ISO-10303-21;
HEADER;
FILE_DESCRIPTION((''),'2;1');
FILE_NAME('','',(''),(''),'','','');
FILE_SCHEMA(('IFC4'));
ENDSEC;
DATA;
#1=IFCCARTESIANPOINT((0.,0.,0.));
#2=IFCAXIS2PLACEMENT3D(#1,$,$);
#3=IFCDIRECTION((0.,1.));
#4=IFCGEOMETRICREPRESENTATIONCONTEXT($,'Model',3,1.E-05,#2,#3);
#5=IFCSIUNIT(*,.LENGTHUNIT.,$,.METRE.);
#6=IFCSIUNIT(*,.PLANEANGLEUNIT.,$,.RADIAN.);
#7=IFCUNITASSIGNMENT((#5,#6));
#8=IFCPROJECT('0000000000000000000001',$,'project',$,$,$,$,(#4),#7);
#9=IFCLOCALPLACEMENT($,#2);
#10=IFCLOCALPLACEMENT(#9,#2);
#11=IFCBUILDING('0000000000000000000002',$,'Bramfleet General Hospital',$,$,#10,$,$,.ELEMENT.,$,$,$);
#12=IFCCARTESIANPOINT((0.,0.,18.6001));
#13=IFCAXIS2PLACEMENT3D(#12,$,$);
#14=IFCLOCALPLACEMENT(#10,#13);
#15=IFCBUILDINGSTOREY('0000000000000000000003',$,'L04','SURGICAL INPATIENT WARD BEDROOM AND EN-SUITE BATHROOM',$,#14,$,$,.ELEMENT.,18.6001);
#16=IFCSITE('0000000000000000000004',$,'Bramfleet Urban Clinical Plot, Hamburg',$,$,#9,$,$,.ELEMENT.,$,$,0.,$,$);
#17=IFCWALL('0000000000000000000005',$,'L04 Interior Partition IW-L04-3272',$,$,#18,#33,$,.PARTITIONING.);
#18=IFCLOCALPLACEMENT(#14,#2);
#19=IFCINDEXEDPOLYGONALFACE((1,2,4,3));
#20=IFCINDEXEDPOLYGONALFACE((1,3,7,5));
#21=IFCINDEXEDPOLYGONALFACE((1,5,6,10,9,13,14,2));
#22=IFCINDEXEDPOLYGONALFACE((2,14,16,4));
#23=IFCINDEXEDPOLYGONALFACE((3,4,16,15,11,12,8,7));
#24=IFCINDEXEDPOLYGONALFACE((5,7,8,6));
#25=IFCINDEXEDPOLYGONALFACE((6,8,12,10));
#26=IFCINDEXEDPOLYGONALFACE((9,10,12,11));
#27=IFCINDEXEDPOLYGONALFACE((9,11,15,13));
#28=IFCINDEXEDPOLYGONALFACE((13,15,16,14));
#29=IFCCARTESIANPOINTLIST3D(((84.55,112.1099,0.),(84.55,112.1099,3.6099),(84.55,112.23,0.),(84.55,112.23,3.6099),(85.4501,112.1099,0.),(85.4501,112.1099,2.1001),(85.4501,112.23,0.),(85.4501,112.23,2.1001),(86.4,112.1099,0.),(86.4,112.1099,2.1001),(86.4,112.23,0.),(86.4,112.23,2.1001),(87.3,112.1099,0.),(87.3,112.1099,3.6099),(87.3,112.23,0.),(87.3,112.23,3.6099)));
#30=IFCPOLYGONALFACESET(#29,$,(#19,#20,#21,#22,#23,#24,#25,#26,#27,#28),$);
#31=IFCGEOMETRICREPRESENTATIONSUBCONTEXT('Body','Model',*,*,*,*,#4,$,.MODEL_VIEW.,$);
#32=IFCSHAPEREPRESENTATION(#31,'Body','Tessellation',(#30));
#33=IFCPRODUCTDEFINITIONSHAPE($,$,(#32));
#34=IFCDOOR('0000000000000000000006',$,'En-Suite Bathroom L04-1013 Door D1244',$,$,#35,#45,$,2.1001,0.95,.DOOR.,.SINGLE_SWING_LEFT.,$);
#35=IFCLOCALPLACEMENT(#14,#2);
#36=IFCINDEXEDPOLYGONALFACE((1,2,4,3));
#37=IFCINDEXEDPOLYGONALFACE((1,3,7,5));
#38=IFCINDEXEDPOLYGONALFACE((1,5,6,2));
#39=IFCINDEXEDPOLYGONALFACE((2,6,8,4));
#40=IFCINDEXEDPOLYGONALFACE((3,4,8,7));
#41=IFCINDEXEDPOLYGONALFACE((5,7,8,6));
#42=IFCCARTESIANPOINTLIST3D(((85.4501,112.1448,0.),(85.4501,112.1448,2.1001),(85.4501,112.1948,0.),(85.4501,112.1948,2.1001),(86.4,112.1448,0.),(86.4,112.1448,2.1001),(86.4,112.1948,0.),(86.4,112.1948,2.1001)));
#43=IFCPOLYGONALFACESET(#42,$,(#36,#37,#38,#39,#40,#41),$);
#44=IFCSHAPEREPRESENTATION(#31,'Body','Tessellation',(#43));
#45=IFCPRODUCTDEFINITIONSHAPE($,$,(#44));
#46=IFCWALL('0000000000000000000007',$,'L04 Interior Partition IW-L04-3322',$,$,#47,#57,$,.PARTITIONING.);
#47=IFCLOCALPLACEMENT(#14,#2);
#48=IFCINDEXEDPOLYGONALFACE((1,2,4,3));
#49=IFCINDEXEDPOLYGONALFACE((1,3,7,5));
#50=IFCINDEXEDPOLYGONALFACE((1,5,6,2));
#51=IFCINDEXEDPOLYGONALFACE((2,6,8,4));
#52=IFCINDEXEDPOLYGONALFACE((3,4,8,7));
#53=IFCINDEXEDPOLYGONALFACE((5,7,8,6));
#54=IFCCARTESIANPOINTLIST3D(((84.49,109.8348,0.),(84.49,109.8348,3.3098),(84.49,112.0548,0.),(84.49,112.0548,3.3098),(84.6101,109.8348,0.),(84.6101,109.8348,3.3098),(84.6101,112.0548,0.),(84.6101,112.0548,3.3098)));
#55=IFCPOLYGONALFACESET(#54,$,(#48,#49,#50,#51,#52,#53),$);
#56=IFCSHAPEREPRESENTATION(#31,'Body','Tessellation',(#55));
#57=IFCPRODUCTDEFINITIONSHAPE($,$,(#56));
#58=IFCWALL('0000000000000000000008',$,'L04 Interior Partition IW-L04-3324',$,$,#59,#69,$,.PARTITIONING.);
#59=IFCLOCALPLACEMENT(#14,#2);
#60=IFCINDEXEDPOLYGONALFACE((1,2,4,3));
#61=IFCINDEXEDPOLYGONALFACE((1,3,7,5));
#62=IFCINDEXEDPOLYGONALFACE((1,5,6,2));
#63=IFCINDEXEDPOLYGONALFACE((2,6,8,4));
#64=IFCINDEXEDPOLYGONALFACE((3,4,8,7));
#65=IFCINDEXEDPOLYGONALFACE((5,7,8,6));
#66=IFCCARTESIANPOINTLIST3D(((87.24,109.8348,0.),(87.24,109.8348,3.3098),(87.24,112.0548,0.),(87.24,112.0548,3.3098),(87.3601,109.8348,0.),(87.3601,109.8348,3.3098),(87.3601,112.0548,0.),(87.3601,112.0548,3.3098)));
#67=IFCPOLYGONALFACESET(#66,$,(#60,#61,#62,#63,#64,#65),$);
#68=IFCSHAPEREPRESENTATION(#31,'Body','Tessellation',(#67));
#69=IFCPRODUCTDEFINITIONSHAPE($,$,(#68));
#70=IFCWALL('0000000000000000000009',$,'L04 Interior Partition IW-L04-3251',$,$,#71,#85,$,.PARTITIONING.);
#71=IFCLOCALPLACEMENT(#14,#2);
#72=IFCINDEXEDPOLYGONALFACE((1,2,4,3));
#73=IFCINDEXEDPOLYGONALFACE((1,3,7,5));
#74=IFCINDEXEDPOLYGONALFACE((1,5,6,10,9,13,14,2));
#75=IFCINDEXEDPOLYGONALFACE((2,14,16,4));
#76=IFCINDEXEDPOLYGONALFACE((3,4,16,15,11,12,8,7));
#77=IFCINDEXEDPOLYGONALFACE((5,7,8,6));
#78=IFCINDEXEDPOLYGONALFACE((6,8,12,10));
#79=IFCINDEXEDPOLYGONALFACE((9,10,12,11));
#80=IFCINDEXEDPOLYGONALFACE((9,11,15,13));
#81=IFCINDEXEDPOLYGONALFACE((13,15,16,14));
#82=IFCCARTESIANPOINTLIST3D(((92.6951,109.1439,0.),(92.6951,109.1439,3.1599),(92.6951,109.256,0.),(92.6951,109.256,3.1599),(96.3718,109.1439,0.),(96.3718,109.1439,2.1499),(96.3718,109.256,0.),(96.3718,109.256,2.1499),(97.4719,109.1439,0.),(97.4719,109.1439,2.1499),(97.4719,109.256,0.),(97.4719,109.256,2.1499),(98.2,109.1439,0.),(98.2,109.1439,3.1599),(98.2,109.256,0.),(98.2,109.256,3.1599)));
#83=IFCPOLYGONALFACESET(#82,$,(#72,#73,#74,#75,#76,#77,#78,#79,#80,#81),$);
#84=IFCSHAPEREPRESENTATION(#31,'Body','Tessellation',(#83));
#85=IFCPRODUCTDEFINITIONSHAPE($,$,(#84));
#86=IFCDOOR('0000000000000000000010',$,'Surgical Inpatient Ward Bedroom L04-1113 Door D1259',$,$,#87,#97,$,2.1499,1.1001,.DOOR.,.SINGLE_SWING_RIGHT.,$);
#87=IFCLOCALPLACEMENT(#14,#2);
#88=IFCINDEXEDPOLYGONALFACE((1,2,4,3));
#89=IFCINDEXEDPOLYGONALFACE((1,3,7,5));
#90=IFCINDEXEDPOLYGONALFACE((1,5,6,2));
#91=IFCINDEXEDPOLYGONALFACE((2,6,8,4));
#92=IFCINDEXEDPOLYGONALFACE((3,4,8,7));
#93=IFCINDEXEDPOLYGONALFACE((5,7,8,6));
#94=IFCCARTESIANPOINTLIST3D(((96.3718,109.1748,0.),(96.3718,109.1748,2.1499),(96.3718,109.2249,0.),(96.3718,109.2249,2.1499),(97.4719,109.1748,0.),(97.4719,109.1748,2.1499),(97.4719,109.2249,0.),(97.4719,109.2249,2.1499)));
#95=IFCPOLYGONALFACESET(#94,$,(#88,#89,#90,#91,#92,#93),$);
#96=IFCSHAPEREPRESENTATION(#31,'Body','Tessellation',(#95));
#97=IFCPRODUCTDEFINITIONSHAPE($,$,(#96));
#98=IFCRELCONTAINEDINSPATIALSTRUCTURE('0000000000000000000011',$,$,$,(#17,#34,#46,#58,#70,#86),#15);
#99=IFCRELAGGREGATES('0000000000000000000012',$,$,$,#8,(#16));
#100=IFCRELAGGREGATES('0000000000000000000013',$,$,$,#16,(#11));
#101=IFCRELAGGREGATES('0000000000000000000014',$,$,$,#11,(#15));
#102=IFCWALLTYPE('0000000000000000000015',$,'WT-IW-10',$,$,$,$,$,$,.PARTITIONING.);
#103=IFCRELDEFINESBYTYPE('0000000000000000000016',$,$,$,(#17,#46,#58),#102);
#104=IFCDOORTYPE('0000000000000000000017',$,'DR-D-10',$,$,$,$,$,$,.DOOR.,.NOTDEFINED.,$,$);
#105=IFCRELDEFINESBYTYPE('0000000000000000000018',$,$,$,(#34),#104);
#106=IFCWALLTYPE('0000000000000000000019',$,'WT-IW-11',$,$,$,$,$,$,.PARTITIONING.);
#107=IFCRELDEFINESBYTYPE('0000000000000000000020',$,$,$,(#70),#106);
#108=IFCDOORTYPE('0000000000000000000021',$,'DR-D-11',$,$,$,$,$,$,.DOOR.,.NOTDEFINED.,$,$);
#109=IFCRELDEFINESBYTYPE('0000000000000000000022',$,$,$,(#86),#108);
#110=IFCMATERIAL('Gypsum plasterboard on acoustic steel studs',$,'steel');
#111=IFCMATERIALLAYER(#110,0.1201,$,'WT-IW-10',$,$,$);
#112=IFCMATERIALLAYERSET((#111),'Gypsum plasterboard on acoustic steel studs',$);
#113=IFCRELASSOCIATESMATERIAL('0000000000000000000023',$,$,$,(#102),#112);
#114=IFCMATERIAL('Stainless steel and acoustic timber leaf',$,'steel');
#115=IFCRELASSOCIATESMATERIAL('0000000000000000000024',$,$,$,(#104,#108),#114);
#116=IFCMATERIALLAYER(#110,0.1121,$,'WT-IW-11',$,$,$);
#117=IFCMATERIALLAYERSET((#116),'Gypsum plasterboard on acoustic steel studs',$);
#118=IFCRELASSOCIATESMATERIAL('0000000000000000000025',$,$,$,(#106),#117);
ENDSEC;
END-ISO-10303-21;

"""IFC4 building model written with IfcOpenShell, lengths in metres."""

from ifc_helpers import new_model, si_unit, direction, frame, frame_2d, origin, place, context, subcontext, project, spatial, rectangle, extrude, material, layer, layer_set, type_object, element, fill, save


model = new_model("IFC4")

# Units and contexts
model_context = context("Model", 3, precision=1e-05, world=origin(), true_north=direction((0.0, 1.0)))
body_context = subcontext(model_context, "Body", "Model", "MODEL_VIEW")
ifc_project = project(units=[si_unit("LENGTHUNIT", "METRE"), si_unit("PLANEANGLEUNIT", "RADIAN")], contexts=[model_context])

# Site, building, storey
site_placement = place(None, origin())
site = spatial("IfcSite", under=ifc_project, at=site_placement, Name="Bramfleet Urban Clinical Plot, Hamburg", CompositionType="ELEMENT", RefElevation=0.0)
building_placement = place(site_placement, origin())
building = spatial("IfcBuilding", under=site, at=building_placement, Name="Bramfleet General Hospital", CompositionType="ELEMENT")
storey_placement = place(building_placement, frame((0.0, 0.0, 18.6001)))
storey = spatial("IfcBuildingStorey", under=building, at=storey_placement, Name="L04", Description="SURGICAL INPATIENT WARD BEDROOM AND EN-SUITE BATHROOM", CompositionType="ELEMENT", Elevation=18.6001)

# Shared definitions
ifc_material_1 = material(Name="Gypsum plasterboard on acoustic steel studs", Category="steel")
ifc_layer_1 = layer(ifc_material_1, 0.1201, Name="WT-IW-10")
ifc_layer_set_1 = layer_set([ifc_layer_1], Name="Gypsum plasterboard on acoustic steel studs")
wall_type_1 = type_object("IfcWallType", Name="WT-IW-10", PredefinedType="PARTITIONING", material=ifc_layer_set_1)

# Wall, opening, door
wall_1_placement = place(storey_placement, frame((84.55, 112.1699, 0.0), z_axis=(0.0, 0.0, 1.0), x_axis=(1.0, 0.0, 0.0)))
wall_1 = element("IfcWall", 1, at=wall_1_placement, inside=storey, type_object=wall_type_1, Name="L04 Interior Partition IW-L04-3272", PredefinedType="PARTITIONING", context=body_context, shape_type="SweptSolid", body=[
    extrude(rectangle(XDim=2.75, YDim=0.1201, at=frame_2d((1.375, 0.0))), origin(), (0.0, 0.0, 1.0), 3.6099),
])
opening_1_placement = place(wall_1_placement, frame((0.8999, 0.0, 0.0)))
opening_1 = element("IfcOpeningElement", 2, at=opening_1_placement, cuts=wall_1, PredefinedType="OPENING", context=body_context, shape_type="SweptSolid", body=[
    extrude(rectangle(XDim=0.95, YDim=2.1001, at=frame_2d((0.4751, 1.05))), frame((0.0, 0.0701, 0.0), z_axis=(0.0, -1.0, 0.0), x_axis=(1.0, 0.0, 0.0)), (0.0, 0.0, 1.0), 0.1401),
])
ifc_material_2 = material(Name="Stainless steel and acoustic timber leaf", Category="steel")
door_type_1 = type_object("IfcDoorType", Name="DR-D-10", OperationType="NOTDEFINED", PredefinedType="DOOR", material=ifc_material_2)
door_1_placement = place(opening_1_placement, origin())
door_1 = element("IfcDoor", 3, at=door_1_placement, inside=storey, type_object=door_type_1, Name="En-Suite Bathroom L04-1013 Door D1244", OperationType="SINGLE_SWING_LEFT", OverallHeight=2.1001, OverallWidth=0.95, PredefinedType="DOOR", context=body_context, shape_type="SweptSolid", body=[
    extrude(rectangle(XDim=0.95, YDim=2.1001, at=frame_2d((0.4751, 1.05))), frame((0.0, 0.0249, 0.0), z_axis=(0.0, -1.0, 0.0), x_axis=(1.0, 0.0, 0.0)), (0.0, 0.0, 1.0), 0.05),
])
fill(opening_1, door_1)

# Walls
for number, where, z_axis, x_axis, name in (
    (4, (84.55, 109.835, 0.0), (0.0, 0.0, 1.0), (0.0, 1.0, 0.0), "L04 Interior Partition IW-L04-3322"),
    (5, (87.3, 109.835, 0.0), (0.0, 0.0, 1.0), (0.0, 1.0, 0.0), "L04 Interior Partition IW-L04-3324"),
):
    element("IfcWall", number, at=place(storey_placement, frame(where, z_axis=z_axis, x_axis=x_axis)), inside=storey, type_object=wall_type_1, Name=name, PredefinedType="PARTITIONING", context=body_context, shape_type="SweptSolid", body=[
        extrude(rectangle(XDim=2.22, YDim=0.1201, at=frame_2d((1.1099, 0.0))), origin(), (0.0, 0.0, 1.0), 3.3098),
    ])

# Wall, opening, door
ifc_layer_2 = layer(ifc_material_1, 0.1121, Name="WT-IW-11")
ifc_layer_set_2 = layer_set([ifc_layer_2], Name="Gypsum plasterboard on acoustic steel studs")
wall_type_2 = type_object("IfcWallType", Name="WT-IW-11", PredefinedType="PARTITIONING", material=ifc_layer_set_2)
wall_2_placement = place(storey_placement, frame((92.6951, 109.2, 0.0), z_axis=(0.0, 0.0, 1.0), x_axis=(1.0, 0.0, 0.0)))
wall_2 = element("IfcWall", 6, at=wall_2_placement, inside=storey, type_object=wall_type_2, Name="L04 Interior Partition IW-L04-3251", PredefinedType="PARTITIONING", context=body_context, shape_type="SweptSolid", body=[
    extrude(rectangle(XDim=5.5049, YDim=0.1121, at=frame_2d((2.7524, 0.0))), origin(), (0.0, 0.0, 1.0), 3.1599),
])
opening_2_placement = place(wall_2_placement, frame((3.6768, 0.0, 0.0)))
opening_2 = element("IfcOpeningElement", 7, at=opening_2_placement, cuts=wall_2, PredefinedType="OPENING", context=body_context, shape_type="SweptSolid", body=[
    extrude(rectangle(XDim=1.1001, YDim=2.1499, at=frame_2d((0.55, 1.075))), frame((0.0, 0.0659, 0.0), z_axis=(0.0, -1.0, 0.0), x_axis=(1.0, 0.0, 0.0)), (0.0, 0.0, 1.0), 0.1321),
])
door_type_2 = type_object("IfcDoorType", Name="DR-D-11", OperationType="NOTDEFINED", PredefinedType="DOOR", material=ifc_material_2)
door_2_placement = place(opening_2_placement, origin())
door_2 = element("IfcDoor", 8, at=door_2_placement, inside=storey, type_object=door_type_2, Name="Surgical Inpatient Ward Bedroom L04-1113 Door D1259", OperationType="SINGLE_SWING_RIGHT", OverallHeight=2.1499, OverallWidth=1.1001, PredefinedType="DOOR", context=body_context, shape_type="SweptSolid", body=[
    extrude(rectangle(XDim=1.1001, YDim=2.1499, at=frame_2d((0.55, 1.075))), frame((0.0, 0.0249, 0.0), z_axis=(0.0, -1.0, 0.0), x_axis=(1.0, 0.0, 0.0)), (0.0, 0.0, 1.0), 0.05),
])
fill(opening_2, door_2)

save(model, "model.ifc")
